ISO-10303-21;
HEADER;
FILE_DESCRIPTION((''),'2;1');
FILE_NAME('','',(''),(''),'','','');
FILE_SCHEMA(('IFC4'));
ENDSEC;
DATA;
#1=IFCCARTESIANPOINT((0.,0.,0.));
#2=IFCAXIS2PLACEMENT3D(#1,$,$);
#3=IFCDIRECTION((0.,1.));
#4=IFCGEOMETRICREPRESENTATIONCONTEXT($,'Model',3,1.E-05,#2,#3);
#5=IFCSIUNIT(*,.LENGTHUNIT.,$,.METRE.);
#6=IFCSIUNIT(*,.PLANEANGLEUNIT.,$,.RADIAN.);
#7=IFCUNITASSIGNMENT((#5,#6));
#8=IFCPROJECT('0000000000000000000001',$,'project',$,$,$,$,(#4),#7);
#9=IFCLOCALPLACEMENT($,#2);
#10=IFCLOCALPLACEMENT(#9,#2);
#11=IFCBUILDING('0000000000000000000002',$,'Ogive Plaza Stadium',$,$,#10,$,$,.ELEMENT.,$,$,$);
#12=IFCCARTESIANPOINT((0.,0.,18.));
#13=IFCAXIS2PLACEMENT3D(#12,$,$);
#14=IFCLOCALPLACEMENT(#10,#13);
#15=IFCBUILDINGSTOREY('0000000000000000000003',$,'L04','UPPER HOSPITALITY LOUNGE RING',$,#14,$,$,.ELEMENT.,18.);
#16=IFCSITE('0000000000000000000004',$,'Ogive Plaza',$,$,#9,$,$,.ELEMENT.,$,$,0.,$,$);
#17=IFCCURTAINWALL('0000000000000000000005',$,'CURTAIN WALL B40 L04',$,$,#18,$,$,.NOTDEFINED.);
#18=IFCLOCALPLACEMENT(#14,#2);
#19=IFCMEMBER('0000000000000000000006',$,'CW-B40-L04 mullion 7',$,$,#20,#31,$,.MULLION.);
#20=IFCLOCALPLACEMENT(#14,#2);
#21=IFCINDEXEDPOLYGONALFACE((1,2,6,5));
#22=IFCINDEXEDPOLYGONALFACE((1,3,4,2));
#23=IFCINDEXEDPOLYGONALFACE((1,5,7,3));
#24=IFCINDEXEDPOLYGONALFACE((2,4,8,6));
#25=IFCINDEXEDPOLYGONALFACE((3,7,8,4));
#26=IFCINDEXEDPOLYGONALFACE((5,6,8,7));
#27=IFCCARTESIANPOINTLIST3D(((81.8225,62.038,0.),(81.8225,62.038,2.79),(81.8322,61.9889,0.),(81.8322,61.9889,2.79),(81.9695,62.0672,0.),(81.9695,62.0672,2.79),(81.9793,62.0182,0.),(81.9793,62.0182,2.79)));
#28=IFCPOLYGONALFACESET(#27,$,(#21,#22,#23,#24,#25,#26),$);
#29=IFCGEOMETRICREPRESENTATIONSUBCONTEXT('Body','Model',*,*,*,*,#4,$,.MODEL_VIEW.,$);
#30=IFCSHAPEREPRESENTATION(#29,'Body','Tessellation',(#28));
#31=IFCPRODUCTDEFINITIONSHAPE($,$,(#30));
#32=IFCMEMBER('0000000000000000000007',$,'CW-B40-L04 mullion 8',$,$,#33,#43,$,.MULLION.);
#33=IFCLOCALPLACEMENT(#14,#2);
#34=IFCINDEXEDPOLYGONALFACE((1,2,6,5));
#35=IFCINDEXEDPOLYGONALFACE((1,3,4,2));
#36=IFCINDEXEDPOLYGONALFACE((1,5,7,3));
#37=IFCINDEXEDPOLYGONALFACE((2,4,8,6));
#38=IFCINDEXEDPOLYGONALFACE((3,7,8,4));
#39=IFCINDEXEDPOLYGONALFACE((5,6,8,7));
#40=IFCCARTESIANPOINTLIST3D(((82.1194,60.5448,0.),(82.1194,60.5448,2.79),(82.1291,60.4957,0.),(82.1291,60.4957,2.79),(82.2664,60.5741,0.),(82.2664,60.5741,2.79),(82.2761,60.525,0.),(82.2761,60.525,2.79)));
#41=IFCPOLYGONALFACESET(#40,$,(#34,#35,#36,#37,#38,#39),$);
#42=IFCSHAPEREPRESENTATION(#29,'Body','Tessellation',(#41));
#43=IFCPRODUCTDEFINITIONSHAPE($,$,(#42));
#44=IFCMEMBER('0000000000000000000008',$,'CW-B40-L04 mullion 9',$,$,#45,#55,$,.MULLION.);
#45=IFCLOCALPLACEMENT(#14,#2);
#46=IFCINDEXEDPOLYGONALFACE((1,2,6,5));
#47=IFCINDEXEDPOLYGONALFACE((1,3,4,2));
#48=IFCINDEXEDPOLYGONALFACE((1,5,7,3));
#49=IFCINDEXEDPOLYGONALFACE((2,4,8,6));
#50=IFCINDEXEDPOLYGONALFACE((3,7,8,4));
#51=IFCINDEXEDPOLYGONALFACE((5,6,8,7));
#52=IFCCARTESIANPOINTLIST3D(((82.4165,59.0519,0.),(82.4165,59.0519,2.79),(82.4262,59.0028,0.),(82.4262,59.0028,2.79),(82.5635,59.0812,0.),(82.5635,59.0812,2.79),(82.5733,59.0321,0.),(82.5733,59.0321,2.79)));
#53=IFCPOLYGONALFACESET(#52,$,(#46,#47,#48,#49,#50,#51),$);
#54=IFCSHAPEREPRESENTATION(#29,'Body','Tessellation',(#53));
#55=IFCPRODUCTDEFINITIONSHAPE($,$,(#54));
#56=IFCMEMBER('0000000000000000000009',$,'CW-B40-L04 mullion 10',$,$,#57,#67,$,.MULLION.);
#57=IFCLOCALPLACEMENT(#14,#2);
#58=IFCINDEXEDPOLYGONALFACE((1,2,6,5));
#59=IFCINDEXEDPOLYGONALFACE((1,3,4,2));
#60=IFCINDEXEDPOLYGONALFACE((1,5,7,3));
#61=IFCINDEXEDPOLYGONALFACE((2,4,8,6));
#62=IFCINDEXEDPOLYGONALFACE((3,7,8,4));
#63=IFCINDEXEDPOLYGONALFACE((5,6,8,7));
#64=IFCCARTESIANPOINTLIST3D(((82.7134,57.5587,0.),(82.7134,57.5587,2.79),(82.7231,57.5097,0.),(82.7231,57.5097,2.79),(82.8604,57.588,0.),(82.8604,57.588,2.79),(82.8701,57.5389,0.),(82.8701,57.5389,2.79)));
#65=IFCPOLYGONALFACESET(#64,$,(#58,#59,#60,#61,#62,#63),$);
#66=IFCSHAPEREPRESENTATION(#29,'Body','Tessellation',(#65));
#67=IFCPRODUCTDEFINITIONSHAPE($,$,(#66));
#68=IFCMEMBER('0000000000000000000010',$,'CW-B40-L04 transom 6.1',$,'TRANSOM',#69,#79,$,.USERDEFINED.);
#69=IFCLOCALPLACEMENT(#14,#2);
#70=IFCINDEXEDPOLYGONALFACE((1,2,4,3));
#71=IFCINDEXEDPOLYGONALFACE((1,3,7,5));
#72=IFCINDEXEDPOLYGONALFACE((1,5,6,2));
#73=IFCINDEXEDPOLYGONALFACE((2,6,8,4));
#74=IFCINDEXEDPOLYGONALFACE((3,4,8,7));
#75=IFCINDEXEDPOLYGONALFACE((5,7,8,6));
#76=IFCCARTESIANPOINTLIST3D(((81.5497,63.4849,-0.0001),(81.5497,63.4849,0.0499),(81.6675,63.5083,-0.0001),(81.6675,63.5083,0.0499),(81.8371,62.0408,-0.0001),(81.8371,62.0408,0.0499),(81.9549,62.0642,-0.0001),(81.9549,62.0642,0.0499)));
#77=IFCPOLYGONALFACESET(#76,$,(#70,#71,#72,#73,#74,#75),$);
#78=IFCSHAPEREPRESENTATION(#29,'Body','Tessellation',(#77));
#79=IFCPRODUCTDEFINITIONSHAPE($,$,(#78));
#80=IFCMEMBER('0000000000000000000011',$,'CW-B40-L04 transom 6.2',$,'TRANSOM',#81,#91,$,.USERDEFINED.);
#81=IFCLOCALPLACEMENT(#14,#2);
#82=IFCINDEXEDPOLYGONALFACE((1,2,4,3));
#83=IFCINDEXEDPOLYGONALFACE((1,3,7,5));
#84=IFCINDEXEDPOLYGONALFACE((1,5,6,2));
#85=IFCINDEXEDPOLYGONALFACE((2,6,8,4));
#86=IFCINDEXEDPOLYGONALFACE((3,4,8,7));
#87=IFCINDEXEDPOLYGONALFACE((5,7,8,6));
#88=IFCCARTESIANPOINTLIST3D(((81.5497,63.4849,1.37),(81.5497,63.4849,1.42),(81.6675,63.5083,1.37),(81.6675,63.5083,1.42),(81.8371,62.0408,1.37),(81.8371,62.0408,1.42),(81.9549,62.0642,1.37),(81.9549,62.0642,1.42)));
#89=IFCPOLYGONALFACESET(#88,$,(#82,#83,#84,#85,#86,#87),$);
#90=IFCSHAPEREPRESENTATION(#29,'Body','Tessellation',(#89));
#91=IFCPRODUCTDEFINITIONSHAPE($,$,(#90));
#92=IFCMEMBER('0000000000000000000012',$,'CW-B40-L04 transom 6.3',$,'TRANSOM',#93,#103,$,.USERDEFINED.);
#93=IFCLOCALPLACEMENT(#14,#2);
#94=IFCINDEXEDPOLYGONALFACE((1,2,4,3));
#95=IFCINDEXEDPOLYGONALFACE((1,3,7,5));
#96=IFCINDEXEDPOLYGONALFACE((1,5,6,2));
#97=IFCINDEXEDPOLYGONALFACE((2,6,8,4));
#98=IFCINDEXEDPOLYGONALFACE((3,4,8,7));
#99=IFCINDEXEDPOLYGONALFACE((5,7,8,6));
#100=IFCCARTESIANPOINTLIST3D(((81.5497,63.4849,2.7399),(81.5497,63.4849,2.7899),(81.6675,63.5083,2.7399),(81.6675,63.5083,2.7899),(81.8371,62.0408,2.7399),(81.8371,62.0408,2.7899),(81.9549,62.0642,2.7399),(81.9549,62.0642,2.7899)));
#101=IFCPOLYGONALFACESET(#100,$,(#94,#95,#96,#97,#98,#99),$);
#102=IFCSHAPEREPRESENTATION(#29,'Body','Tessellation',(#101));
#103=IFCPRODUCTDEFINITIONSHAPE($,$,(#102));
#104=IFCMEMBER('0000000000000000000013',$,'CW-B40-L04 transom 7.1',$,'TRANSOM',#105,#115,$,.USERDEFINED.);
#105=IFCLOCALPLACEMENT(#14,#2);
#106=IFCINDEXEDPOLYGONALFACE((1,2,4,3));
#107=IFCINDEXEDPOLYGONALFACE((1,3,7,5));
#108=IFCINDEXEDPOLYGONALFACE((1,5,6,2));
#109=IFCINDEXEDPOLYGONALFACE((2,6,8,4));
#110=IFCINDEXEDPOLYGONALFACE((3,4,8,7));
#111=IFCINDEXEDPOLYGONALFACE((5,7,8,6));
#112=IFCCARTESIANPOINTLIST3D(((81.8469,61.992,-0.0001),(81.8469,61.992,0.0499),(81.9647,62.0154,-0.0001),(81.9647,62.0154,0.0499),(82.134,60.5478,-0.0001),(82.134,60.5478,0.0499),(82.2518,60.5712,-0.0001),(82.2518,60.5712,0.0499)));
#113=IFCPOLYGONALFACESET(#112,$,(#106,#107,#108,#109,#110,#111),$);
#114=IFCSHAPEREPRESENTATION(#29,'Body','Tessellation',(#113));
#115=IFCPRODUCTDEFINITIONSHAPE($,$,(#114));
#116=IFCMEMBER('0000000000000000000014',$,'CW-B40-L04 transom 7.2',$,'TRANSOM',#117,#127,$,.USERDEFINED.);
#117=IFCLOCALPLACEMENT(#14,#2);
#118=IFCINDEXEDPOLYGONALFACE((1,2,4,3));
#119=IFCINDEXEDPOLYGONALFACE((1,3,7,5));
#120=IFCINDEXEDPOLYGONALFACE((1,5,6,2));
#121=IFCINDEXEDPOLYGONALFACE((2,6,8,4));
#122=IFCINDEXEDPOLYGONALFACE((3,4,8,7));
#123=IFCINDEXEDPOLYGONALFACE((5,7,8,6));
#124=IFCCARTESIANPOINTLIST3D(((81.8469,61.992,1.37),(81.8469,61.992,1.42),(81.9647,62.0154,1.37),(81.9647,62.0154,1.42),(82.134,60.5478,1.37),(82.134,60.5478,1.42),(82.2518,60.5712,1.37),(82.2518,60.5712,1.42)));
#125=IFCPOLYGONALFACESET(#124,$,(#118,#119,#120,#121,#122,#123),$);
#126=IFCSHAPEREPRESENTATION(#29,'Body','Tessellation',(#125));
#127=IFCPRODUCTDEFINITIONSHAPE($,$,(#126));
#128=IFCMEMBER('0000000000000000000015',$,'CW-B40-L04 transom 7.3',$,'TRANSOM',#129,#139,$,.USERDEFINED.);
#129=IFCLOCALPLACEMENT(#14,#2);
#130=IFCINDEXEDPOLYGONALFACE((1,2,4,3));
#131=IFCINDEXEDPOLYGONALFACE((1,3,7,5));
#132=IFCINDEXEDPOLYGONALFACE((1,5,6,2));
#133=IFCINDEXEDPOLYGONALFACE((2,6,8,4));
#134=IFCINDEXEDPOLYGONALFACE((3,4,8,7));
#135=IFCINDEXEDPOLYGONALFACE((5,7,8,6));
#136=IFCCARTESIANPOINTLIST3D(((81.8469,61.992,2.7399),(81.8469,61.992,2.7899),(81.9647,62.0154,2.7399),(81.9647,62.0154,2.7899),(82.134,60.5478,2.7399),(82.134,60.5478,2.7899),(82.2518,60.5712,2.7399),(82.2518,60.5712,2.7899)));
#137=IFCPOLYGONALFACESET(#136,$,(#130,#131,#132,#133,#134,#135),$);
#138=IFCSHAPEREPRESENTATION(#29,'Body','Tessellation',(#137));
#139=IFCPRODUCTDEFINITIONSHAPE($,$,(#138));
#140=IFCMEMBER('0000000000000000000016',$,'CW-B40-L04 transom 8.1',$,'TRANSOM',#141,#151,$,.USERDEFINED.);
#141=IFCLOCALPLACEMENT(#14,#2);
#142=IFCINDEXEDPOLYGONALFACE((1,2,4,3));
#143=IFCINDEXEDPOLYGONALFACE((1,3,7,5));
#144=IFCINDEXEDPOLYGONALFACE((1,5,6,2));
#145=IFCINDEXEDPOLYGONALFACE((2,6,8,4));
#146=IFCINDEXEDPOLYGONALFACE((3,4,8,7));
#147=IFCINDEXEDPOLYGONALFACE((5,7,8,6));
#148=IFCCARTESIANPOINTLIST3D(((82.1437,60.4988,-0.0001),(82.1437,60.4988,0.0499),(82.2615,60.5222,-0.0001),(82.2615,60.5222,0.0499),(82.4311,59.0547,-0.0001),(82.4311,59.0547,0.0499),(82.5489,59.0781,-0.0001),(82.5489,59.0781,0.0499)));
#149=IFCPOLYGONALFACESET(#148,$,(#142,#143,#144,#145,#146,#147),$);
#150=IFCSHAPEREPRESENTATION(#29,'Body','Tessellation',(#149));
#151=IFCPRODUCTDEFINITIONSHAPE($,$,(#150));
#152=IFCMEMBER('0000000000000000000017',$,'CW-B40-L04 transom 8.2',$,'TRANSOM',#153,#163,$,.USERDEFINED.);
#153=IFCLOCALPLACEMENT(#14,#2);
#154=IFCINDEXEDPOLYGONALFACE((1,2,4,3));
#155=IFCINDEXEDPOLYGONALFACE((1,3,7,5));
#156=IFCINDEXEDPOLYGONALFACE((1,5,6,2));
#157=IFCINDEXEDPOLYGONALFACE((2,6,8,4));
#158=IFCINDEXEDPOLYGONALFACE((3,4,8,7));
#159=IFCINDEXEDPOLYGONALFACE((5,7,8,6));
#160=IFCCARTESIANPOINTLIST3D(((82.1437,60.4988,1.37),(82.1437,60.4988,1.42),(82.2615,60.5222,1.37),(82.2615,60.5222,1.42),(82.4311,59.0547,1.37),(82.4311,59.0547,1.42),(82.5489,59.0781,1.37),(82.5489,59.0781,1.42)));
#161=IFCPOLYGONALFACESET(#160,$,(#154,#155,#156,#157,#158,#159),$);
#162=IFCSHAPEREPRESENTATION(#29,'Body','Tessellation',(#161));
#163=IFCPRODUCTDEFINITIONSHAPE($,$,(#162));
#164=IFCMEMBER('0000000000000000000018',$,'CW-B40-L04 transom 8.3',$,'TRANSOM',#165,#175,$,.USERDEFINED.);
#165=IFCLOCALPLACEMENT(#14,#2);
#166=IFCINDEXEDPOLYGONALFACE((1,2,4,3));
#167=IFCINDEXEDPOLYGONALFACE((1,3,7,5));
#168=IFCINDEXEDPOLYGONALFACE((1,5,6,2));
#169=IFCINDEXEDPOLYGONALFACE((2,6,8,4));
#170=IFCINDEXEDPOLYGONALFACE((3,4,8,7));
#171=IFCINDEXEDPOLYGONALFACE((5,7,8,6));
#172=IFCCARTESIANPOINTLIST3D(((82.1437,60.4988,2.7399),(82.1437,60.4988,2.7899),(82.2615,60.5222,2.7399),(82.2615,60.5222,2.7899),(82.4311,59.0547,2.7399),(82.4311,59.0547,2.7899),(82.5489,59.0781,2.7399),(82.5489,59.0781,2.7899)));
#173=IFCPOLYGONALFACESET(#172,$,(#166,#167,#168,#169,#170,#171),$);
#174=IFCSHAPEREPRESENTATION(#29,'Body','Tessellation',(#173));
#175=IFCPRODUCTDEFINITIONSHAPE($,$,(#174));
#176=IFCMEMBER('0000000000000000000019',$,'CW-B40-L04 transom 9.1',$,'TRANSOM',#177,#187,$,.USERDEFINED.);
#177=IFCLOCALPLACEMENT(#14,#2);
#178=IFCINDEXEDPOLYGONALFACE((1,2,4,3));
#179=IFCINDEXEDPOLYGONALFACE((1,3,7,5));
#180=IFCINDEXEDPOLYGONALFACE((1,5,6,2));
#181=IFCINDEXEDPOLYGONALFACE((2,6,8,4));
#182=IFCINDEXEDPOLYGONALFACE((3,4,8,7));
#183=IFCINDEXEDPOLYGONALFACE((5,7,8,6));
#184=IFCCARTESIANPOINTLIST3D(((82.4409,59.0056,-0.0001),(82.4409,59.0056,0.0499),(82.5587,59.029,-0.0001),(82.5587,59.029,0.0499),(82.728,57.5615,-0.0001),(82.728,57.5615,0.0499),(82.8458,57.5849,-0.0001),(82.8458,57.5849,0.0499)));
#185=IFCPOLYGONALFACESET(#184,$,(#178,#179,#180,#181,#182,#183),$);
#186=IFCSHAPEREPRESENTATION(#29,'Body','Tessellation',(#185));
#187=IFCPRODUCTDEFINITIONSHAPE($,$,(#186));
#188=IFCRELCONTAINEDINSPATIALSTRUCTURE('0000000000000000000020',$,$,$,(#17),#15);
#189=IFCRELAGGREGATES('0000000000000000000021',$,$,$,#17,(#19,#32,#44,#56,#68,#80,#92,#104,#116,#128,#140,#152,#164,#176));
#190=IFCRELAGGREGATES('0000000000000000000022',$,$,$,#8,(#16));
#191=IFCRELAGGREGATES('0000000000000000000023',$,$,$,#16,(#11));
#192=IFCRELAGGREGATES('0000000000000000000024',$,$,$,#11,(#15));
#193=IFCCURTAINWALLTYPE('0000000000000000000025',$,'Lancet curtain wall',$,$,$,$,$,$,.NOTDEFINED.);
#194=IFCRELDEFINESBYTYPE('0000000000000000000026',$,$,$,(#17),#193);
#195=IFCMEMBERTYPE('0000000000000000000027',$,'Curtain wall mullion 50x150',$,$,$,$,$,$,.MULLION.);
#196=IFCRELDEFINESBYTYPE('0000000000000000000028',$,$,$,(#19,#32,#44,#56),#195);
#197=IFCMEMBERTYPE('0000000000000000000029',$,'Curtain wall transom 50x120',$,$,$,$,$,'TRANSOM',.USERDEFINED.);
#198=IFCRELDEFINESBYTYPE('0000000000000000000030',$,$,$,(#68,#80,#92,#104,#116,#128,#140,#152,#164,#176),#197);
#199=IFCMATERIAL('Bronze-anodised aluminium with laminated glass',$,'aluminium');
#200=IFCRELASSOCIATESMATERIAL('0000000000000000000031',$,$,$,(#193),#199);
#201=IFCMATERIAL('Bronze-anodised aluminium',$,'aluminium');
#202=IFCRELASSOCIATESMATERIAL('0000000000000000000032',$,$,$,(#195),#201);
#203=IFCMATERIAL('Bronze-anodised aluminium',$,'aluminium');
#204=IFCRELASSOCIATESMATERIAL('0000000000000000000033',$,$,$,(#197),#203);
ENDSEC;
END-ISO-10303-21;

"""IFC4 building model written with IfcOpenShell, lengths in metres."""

from ifc_helpers import new_model, si_unit, direction, frame, origin, origin_2d, place, context, subcontext, project, spatial, rectangle, extrude, material, material_profile, profile_set, type_object, element, aggregate, save


model = new_model("IFC4")

# Units and contexts
model_context = context("Model", 3, precision=1e-05, world=origin(), true_north=direction((0.0, 1.0)))
body_context = subcontext(model_context, "Body", "Model", "MODEL_VIEW")
ifc_project = project(units=[si_unit("LENGTHUNIT", "METRE"), si_unit("PLANEANGLEUNIT", "RADIAN")], contexts=[model_context])

# Site, building, storey
site_placement = place(None, origin())
site = spatial("IfcSite", under=ifc_project, at=site_placement, Name="Ogive Plaza", CompositionType="ELEMENT", RefElevation=0.0)
building_placement = place(site_placement, origin())
building = spatial("IfcBuilding", under=site, at=building_placement, Name="Ogive Plaza Stadium", CompositionType="ELEMENT")
storey_placement = place(building_placement, frame((0.0, 0.0, 18.0)))
storey = spatial("IfcBuildingStorey", under=building, at=storey_placement, Name="L04", Description="UPPER HOSPITALITY LOUNGE RING", CompositionType="ELEMENT", Elevation=18.0)

# Curtain wall, members
ifc_material_1 = material(Name="Bronze-anodised aluminium with laminated glass", Category="aluminium")
curtain_wall_type = type_object("IfcCurtainWallType", Name="Lancet curtain wall", PredefinedType="NOTDEFINED", material=ifc_material_1)
curtain_wall_placement = place(storey_placement, origin())
curtain_wall = element("IfcCurtainWall", 1, at=curtain_wall_placement, inside=storey, type_object=curtain_wall_type, Name="CURTAIN WALL B40 L04", PredefinedType="NOTDEFINED")
ifc_material_2 = material(Name="Bronze-anodised aluminium", Category="aluminium")
ifc_material_profile_1 = material_profile(ifc_material_2, rectangle(XDim=0.1499, YDim=0.05, at=origin_2d()), Name="AL 150x50")
ifc_profile_set_1 = profile_set([ifc_material_profile_1], Name="Bronze-anodised aluminium")
member_type_1 = type_object("IfcMemberType", Name="Curtain wall mullion 50x150", PredefinedType="MULLION", material=ifc_profile_set_1)
member_1_placement = place(storey_placement, frame((81.9009, 62.0281, 0.0), z_axis=(0.0, 0.0, 1.0), x_axis=(0.980785, 0.19509, 0.0)))
member_1 = element("IfcMember", 2, at=member_1_placement, type_object=member_type_1, Name="CW-B40-L04 mullion 7", PredefinedType="MULLION", context=body_context, shape_type="SweptSolid", body=[
    extrude(rectangle(XDim=0.1499, YDim=0.05, at=origin_2d()), origin(), (0.0, 0.0, 1.0), 2.79),
])
member_2_placement = place(storey_placement, frame((82.1978, 60.5349, 0.0), z_axis=(0.0, 0.0, 1.0), x_axis=(0.980785, 0.19509, 0.0)))
member_2 = element("IfcMember", 3, at=member_2_placement, type_object=member_type_1, Name="CW-B40-L04 mullion 8", PredefinedType="MULLION", context=body_context, shape_type="SweptSolid", body=[
    extrude(rectangle(XDim=0.1499, YDim=0.05, at=origin_2d()), origin(), (0.0, 0.0, 1.0), 2.79),
])
member_3_placement = place(storey_placement, frame((82.4949, 59.042, 0.0), z_axis=(0.0, 0.0, 1.0), x_axis=(0.980785, 0.19509, 0.0)))
member_3 = element("IfcMember", 4, at=member_3_placement, type_object=member_type_1, Name="CW-B40-L04 mullion 9", PredefinedType="MULLION", context=body_context, shape_type="SweptSolid", body=[
    extrude(rectangle(XDim=0.1499, YDim=0.05, at=origin_2d()), origin(), (0.0, 0.0, 1.0), 2.79),
])
member_4_placement = place(storey_placement, frame((82.7917, 57.5488, 0.0), z_axis=(0.0, 0.0, 1.0), x_axis=(0.980785, 0.19509, 0.0)))
member_4 = element("IfcMember", 5, at=member_4_placement, type_object=member_type_1, Name="CW-B40-L04 mullion 10", PredefinedType="MULLION", context=body_context, shape_type="SweptSolid", body=[
    extrude(rectangle(XDim=0.1499, YDim=0.05, at=origin_2d()), origin(), (0.0, 0.0, 1.0), 2.79),
])
ifc_material_3 = material(Name="Bronze-anodised aluminium", Category="aluminium")
ifc_material_profile_2 = material_profile(ifc_material_3, rectangle(XDim=0.1201, YDim=0.05, at=origin_2d()), Name="AL 120x50")
ifc_profile_set_2 = profile_set([ifc_material_profile_2], Name="Bronze-anodised aluminium")
member_type_2 = type_object("IfcMemberType", Name="Curtain wall transom 50x120", ElementType="TRANSOM", PredefinedType="USERDEFINED", material=ifc_profile_set_2)
member_5_placement = place(storey_placement, frame((81.6086, 63.4966, 0.0249), z_axis=(0.195159, -0.980772, 0.0), x_axis=(0.980772, 0.195159, 0.0)))
member_5 = element("IfcMember", 6, at=member_5_placement, type_object=member_type_2, Name="CW-B40-L04 transom 6.1", ObjectType="TRANSOM", PredefinedType="USERDEFINED", context=body_context, shape_type="SweptSolid", body=[
    extrude(rectangle(XDim=0.1201, YDim=0.05, at=origin_2d()), origin(), (0.0, 0.0, 1.0), 1.4724),
])
member_6_placement = place(storey_placement, frame((81.6086, 63.4966, 1.395), z_axis=(0.195159, -0.980772, 0.0), x_axis=(0.980772, 0.195159, 0.0)))
member_6 = element("IfcMember", 7, at=member_6_placement, type_object=member_type_2, Name="CW-B40-L04 transom 6.2", ObjectType="TRANSOM", PredefinedType="USERDEFINED", context=body_context, shape_type="SweptSolid", body=[
    extrude(rectangle(XDim=0.1201, YDim=0.05, at=origin_2d()), origin(), (0.0, 0.0, 1.0), 1.4724),
])
member_7_placement = place(storey_placement, frame((81.6086, 63.4966, 2.7649), z_axis=(0.195159, -0.980772, 0.0), x_axis=(0.980772, 0.195159, 0.0)))
member_7 = element("IfcMember", 8, at=member_7_placement, type_object=member_type_2, Name="CW-B40-L04 transom 6.3", ObjectType="TRANSOM", PredefinedType="USERDEFINED", context=body_context, shape_type="SweptSolid", body=[
    extrude(rectangle(XDim=0.1201, YDim=0.05, at=origin_2d()), origin(), (0.0, 0.0, 1.0), 1.4724),
])
member_8_placement = place(storey_placement, frame((81.9058, 62.0037, 0.0249), z_axis=(0.195, -0.980803, 0.0), x_axis=(0.980803, 0.195, 0.0)))
member_8 = element("IfcMember", 9, at=member_8_placement, type_object=member_type_2, Name="CW-B40-L04 transom 7.1", ObjectType="TRANSOM", PredefinedType="USERDEFINED", context=body_context, shape_type="SweptSolid", body=[
    extrude(rectangle(XDim=0.1201, YDim=0.05, at=origin_2d()), origin(), (0.0, 0.0, 1.0), 1.4724),
])
member_9_placement = place(storey_placement, frame((81.9058, 62.0037, 1.395), z_axis=(0.195, -0.980803, 0.0), x_axis=(0.980803, 0.195, 0.0)))
member_9 = element("IfcMember", 10, at=member_9_placement, type_object=member_type_2, Name="CW-B40-L04 transom 7.2", ObjectType="TRANSOM", PredefinedType="USERDEFINED", context=body_context, shape_type="SweptSolid", body=[
    extrude(rectangle(XDim=0.1201, YDim=0.05, at=origin_2d()), origin(), (0.0, 0.0, 1.0), 1.4724),
])
member_10_placement = place(storey_placement, frame((81.9058, 62.0037, 2.7649), z_axis=(0.195, -0.980803, 0.0), x_axis=(0.980803, 0.195, 0.0)))
member_10 = element("IfcMember", 11, at=member_10_placement, type_object=member_type_2, Name="CW-B40-L04 transom 7.3", ObjectType="TRANSOM", PredefinedType="USERDEFINED", context=body_context, shape_type="SweptSolid", body=[
    extrude(rectangle(XDim=0.1201, YDim=0.05, at=origin_2d()), origin(), (0.0, 0.0, 1.0), 1.4724),
])
member_11_placement = place(storey_placement, frame((82.2026, 60.5105, 0.0249), z_axis=(0.195159, -0.980772, 0.0), x_axis=(0.980772, 0.195159, 0.0)))
member_11 = element("IfcMember", 12, at=member_11_placement, type_object=member_type_2, Name="CW-B40-L04 transom 8.1", ObjectType="TRANSOM", PredefinedType="USERDEFINED", context=body_context, shape_type="SweptSolid", body=[
    extrude(rectangle(XDim=0.1201, YDim=0.05, at=origin_2d()), origin(), (0.0, 0.0, 1.0), 1.4724),
])
member_12_placement = place(storey_placement, frame((82.2026, 60.5105, 1.395), z_axis=(0.195159, -0.980772, 0.0), x_axis=(0.980772, 0.195159, 0.0)))
member_12 = element("IfcMember", 13, at=member_12_placement, type_object=member_type_2, Name="CW-B40-L04 transom 8.2", ObjectType="TRANSOM", PredefinedType="USERDEFINED", context=body_context, shape_type="SweptSolid", body=[
    extrude(rectangle(XDim=0.1201, YDim=0.05, at=origin_2d()), origin(), (0.0, 0.0, 1.0), 1.4724),
])
member_13_placement = place(storey_placement, frame((82.2026, 60.5105, 2.7649), z_axis=(0.195159, -0.980772, 0.0), x_axis=(0.980772, 0.195159, 0.0)))
member_13 = element("IfcMember", 14, at=member_13_placement, type_object=member_type_2, Name="CW-B40-L04 transom 8.3", ObjectType="TRANSOM", PredefinedType="USERDEFINED", context=body_context, shape_type="SweptSolid", body=[
    extrude(rectangle(XDim=0.1201, YDim=0.05, at=origin_2d()), origin(), (0.0, 0.0, 1.0), 1.4724),
])
member_14_placement = place(storey_placement, frame((82.4998, 59.0173, 0.0249), z_axis=(0.195, -0.980803, 0.0), x_axis=(0.980803, 0.195, 0.0)))
member_14 = element("IfcMember", 15, at=member_14_placement, type_object=member_type_2, Name="CW-B40-L04 transom 9.1", ObjectType="TRANSOM", PredefinedType="USERDEFINED", context=body_context, shape_type="SweptSolid", body=[
    extrude(rectangle(XDim=0.1201, YDim=0.05, at=origin_2d()), origin(), (0.0, 0.0, 1.0), 1.4724),
])
aggregate(curtain_wall, [member_1, member_2, member_3, member_4, member_5, member_6, member_7, member_8, member_9, member_10, member_11, member_12, member_13, member_14])

save(model, "model.ifc")
